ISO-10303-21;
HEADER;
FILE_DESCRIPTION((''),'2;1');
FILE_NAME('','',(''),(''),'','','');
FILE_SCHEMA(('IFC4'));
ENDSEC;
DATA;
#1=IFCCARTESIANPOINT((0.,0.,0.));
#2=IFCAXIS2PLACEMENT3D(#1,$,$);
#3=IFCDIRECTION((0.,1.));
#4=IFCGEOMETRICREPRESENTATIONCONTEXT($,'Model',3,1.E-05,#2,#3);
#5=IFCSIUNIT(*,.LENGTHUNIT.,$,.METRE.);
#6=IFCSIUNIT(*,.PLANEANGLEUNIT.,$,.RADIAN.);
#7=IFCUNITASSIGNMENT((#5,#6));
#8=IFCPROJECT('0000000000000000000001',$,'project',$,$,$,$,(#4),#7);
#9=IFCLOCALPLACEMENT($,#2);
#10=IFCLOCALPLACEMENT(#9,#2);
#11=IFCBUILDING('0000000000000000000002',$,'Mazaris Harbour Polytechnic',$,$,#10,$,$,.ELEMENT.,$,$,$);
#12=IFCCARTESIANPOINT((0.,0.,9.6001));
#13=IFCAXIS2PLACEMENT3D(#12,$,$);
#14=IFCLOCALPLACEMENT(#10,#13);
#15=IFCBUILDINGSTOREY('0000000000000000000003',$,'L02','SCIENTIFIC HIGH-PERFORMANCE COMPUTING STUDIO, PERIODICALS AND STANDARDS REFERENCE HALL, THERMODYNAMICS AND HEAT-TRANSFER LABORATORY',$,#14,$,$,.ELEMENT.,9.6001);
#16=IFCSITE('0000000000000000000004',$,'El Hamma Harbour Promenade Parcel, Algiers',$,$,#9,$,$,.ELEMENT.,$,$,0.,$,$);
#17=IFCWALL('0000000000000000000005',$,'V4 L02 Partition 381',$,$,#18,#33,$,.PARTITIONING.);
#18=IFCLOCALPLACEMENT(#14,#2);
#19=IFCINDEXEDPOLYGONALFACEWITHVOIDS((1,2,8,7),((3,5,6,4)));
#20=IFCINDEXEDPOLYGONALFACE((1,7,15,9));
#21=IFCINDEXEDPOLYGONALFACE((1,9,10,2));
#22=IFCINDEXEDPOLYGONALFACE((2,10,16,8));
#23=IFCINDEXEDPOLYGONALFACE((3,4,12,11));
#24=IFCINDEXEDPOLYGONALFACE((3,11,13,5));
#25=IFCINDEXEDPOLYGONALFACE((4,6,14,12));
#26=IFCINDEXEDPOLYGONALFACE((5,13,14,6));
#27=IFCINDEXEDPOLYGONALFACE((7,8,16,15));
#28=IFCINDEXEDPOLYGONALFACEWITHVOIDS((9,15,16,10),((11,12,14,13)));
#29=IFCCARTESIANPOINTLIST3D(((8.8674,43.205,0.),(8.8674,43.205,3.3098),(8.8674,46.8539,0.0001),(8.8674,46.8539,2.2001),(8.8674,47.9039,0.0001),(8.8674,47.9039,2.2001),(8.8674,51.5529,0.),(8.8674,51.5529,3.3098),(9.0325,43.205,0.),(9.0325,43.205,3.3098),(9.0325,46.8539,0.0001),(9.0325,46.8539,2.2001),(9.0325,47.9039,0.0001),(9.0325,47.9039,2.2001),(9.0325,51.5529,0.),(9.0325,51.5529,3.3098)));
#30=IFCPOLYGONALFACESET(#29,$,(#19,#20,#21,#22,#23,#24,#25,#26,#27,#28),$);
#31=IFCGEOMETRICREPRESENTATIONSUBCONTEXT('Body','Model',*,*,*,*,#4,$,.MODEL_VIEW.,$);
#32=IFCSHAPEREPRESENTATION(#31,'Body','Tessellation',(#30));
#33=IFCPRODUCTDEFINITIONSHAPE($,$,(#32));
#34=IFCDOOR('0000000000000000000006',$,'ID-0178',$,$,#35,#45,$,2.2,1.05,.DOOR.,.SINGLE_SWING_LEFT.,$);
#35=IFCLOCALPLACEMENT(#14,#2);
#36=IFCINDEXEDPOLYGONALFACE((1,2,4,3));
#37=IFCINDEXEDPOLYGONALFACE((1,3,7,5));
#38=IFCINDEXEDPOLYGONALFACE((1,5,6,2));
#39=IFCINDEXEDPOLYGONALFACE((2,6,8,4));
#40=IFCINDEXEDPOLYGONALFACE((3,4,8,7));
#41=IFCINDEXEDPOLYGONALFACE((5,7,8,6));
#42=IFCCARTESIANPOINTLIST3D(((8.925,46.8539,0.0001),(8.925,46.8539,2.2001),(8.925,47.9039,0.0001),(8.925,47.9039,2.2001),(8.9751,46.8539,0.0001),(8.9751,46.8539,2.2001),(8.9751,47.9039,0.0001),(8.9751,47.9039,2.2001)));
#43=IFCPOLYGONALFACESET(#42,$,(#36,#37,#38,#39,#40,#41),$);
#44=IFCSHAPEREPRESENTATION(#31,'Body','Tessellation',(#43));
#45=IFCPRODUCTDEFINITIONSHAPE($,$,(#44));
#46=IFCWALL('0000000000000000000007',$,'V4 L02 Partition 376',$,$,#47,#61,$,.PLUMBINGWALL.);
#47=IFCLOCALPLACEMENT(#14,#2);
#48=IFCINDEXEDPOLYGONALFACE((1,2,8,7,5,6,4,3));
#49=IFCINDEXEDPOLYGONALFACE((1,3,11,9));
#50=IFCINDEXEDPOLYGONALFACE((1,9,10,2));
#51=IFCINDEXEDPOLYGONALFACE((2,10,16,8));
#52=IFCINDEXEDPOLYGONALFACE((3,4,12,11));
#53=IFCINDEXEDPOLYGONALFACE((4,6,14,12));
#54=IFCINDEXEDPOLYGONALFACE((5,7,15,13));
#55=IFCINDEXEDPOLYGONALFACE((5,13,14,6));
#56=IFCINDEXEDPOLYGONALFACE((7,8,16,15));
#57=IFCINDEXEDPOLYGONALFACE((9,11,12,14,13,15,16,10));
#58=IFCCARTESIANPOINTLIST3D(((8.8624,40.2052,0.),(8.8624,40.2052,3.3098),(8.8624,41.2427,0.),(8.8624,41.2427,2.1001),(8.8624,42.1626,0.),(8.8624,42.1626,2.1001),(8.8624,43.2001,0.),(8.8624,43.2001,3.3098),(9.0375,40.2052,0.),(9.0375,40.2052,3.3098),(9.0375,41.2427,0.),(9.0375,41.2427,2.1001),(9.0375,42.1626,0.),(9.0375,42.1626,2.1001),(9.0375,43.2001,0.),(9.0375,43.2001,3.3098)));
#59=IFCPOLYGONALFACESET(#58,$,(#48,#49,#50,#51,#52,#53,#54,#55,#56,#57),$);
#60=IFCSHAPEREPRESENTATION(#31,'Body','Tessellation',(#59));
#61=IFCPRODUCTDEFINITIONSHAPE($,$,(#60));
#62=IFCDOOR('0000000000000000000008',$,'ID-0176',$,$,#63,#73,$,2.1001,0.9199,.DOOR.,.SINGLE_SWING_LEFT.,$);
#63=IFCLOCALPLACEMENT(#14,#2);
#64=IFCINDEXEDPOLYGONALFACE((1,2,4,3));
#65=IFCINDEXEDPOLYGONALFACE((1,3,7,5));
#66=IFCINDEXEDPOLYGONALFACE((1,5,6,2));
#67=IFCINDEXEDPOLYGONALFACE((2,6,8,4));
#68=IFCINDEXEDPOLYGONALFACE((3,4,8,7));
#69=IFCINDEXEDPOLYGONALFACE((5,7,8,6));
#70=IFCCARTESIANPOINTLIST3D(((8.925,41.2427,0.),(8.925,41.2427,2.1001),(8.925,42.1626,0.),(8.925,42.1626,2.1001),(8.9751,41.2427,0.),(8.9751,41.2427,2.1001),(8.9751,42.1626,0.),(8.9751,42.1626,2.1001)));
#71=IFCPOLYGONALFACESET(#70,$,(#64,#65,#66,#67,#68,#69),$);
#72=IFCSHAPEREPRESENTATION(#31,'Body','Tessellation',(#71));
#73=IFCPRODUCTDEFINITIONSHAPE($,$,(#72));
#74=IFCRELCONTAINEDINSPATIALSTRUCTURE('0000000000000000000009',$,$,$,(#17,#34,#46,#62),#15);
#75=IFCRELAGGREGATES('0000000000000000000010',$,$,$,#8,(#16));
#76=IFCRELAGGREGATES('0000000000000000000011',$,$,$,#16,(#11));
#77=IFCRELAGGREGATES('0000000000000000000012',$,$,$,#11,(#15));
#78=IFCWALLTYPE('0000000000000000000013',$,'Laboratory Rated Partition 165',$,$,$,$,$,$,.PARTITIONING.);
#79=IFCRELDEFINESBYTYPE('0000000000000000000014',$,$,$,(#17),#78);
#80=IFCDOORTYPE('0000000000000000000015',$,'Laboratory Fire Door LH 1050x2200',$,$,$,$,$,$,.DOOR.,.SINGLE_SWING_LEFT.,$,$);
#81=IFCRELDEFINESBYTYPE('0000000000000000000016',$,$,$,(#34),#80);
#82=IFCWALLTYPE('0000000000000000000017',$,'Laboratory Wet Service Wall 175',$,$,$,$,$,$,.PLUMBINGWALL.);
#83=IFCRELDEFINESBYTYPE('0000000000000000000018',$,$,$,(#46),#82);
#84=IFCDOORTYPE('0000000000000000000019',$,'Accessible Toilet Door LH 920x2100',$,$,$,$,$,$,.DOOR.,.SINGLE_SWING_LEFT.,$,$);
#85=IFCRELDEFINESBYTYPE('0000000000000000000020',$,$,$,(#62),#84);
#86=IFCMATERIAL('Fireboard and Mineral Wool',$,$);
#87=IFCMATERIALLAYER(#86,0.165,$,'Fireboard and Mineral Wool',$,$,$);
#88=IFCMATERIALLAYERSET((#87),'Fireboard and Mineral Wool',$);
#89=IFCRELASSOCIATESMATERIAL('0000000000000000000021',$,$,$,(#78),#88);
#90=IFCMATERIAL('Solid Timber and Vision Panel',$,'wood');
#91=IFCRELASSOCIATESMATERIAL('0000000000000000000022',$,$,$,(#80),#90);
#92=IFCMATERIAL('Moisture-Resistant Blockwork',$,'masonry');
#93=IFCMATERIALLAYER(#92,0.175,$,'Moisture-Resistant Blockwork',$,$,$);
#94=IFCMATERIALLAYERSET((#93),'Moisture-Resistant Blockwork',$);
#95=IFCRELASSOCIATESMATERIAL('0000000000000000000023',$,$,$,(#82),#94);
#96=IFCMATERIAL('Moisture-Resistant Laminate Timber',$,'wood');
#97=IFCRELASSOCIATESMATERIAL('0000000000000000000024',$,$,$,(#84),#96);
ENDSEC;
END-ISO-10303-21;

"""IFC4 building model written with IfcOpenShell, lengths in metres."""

from ifc_helpers import new_model, si_unit, direction, frame, frame_2d, origin, place, context, subcontext, project, spatial, rectangle, extrude, material, layer, layer_set, type_object, element, fill, save


model = new_model("IFC4")

# Units and contexts
model_context = context("Model", 3, precision=1e-05, world=origin(), true_north=direction((0.0, 1.0)))
body_context = subcontext(model_context, "Body", "Model", "MODEL_VIEW")
ifc_project = project(units=[si_unit("LENGTHUNIT", "METRE"), si_unit("PLANEANGLEUNIT", "RADIAN")], contexts=[model_context])

# Site, building, storey
site_placement = place(None, origin())
site = spatial("IfcSite", under=ifc_project, at=site_placement, Name="El Hamma Harbour Promenade Parcel, Algiers", CompositionType="ELEMENT", RefElevation=0.0)
building_placement = place(site_placement, origin())
building = spatial("IfcBuilding", under=site, at=building_placement, Name="Mazaris Harbour Polytechnic", CompositionType="ELEMENT")
storey_placement = place(building_placement, frame((0.0, 0.0, 9.6001)))
storey = spatial("IfcBuildingStorey", under=building, at=storey_placement, Name="L02", Description="SCIENTIFIC HIGH-PERFORMANCE COMPUTING STUDIO, PERIODICALS AND STANDARDS REFERENCE HALL, THERMODYNAMICS AND HEAT-TRANSFER LABORATORY", CompositionType="ELEMENT", Elevation=9.6001)

# Walls, openings, doors
ifc_material_1 = material(Name="Fireboard and Mineral Wool")
ifc_layer_1 = layer(ifc_material_1, 0.165, Name="Fireboard and Mineral Wool")
ifc_layer_set_1 = layer_set([ifc_layer_1], Name="Fireboard and Mineral Wool")
wall_type_1 = type_object("IfcWallType", Name="Laboratory Rated Partition 165", PredefinedType="PARTITIONING", material=ifc_layer_set_1)
wall_1_placement = place(storey_placement, frame((8.95, 43.2051, 0.0), z_axis=(0.0, 0.0, 1.0), x_axis=(0.0, 1.0, 0.0)))
wall_1 = element("IfcWall", 1, at=wall_1_placement, inside=storey, type_object=wall_type_1, Name="V4 L02 Partition 381", PredefinedType="PARTITIONING", context=body_context, shape_type="SweptSolid", body=[
    extrude(rectangle(XDim=8.3479, YDim=0.165, at=frame_2d((4.1738, 0.0))), origin(), (0.0, 0.0, 1.0), 3.3098),
])
opening_1_placement = place(wall_1_placement, frame((3.6489, 0.0, 0.0)))
opening_1 = element("IfcOpeningElement", 2, at=opening_1_placement, cuts=wall_1, PredefinedType="OPENING", context=body_context, shape_type="SweptSolid", body=[
    extrude(rectangle(XDim=1.05, YDim=2.2, at=frame_2d((0.5249, 1.1001))), frame((0.0, 0.0925, 0.0), z_axis=(0.0, -1.0, 0.0), x_axis=(1.0, 0.0, 0.0)), (0.0, 0.0, 1.0), 0.1851),
])
ifc_material_2 = material(Name="Solid Timber and Vision Panel", Category="wood")
door_type_1 = type_object("IfcDoorType", Name="Laboratory Fire Door LH 1050x2200", OperationType="SINGLE_SWING_LEFT", PredefinedType="DOOR", material=ifc_material_2)
door_1_placement = place(opening_1_placement, origin())
door_1 = element("IfcDoor", 3, at=door_1_placement, inside=storey, type_object=door_type_1, Name="ID-0178", OperationType="SINGLE_SWING_LEFT", OverallHeight=2.2, OverallWidth=1.05, PredefinedType="DOOR", context=body_context, shape_type="SweptSolid", body=[
    extrude(rectangle(XDim=1.05, YDim=2.2, at=frame_2d((0.5249, 1.1001))), frame((0.0, 0.0249, 0.0), z_axis=(0.0, -1.0, 0.0), x_axis=(1.0, 0.0, 0.0)), (0.0, 0.0, 1.0), 0.05),
])
fill(opening_1, door_1)
ifc_material_3 = material(Name="Moisture-Resistant Blockwork", Category="masonry")
ifc_layer_2 = layer(ifc_material_3, 0.175, Name="Moisture-Resistant Blockwork")
ifc_layer_set_2 = layer_set([ifc_layer_2], Name="Moisture-Resistant Blockwork")
wall_type_2 = type_object("IfcWallType", Name="Laboratory Wet Service Wall 175", PredefinedType="PLUMBINGWALL", material=ifc_layer_set_2)
wall_2_placement = place(storey_placement, frame((8.95, 40.2051, 0.0), z_axis=(0.0, 0.0, 1.0), x_axis=(0.0, 1.0, 0.0)))
wall_2 = element("IfcWall", 4, at=wall_2_placement, inside=storey, type_object=wall_type_2, Name="V4 L02 Partition 376", PredefinedType="PLUMBINGWALL", context=body_context, shape_type="SweptSolid", body=[
    extrude(rectangle(XDim=2.9949, YDim=0.175, at=frame_2d((1.4976, 0.0))), origin(), (0.0, 0.0, 1.0), 3.3098),
])
opening_2_placement = place(wall_2_placement, frame((1.0376, 0.0, 0.0)))
opening_2 = element("IfcOpeningElement", 5, at=opening_2_placement, cuts=wall_2, PredefinedType="OPENING", context=body_context, shape_type="SweptSolid", body=[
    extrude(rectangle(XDim=0.9199, YDim=2.1001, at=frame_2d((0.46, 1.05))), frame((0.0, 0.0974, 0.0), z_axis=(0.0, -1.0, 0.0), x_axis=(1.0, 0.0, 0.0)), (0.0, 0.0, 1.0), 0.1951),
])
ifc_material_4 = material(Name="Moisture-Resistant Laminate Timber", Category="wood")
door_type_2 = type_object("IfcDoorType", Name="Accessible Toilet Door LH 920x2100", OperationType="SINGLE_SWING_LEFT", PredefinedType="DOOR", material=ifc_material_4)
door_2_placement = place(opening_2_placement, origin())
door_2 = element("IfcDoor", 6, at=door_2_placement, inside=storey, type_object=door_type_2, Name="ID-0176", OperationType="SINGLE_SWING_LEFT", OverallHeight=2.1001, OverallWidth=0.9199, PredefinedType="DOOR", context=body_context, shape_type="SweptSolid", body=[
    extrude(rectangle(XDim=0.9199, YDim=2.1001, at=frame_2d((0.46, 1.05))), frame((0.0, 0.0249, 0.0), z_axis=(0.0, -1.0, 0.0), x_axis=(1.0, 0.0, 0.0)), (0.0, 0.0, 1.0), 0.05),
])
fill(opening_2, door_2)

save(model, "model.ifc")
